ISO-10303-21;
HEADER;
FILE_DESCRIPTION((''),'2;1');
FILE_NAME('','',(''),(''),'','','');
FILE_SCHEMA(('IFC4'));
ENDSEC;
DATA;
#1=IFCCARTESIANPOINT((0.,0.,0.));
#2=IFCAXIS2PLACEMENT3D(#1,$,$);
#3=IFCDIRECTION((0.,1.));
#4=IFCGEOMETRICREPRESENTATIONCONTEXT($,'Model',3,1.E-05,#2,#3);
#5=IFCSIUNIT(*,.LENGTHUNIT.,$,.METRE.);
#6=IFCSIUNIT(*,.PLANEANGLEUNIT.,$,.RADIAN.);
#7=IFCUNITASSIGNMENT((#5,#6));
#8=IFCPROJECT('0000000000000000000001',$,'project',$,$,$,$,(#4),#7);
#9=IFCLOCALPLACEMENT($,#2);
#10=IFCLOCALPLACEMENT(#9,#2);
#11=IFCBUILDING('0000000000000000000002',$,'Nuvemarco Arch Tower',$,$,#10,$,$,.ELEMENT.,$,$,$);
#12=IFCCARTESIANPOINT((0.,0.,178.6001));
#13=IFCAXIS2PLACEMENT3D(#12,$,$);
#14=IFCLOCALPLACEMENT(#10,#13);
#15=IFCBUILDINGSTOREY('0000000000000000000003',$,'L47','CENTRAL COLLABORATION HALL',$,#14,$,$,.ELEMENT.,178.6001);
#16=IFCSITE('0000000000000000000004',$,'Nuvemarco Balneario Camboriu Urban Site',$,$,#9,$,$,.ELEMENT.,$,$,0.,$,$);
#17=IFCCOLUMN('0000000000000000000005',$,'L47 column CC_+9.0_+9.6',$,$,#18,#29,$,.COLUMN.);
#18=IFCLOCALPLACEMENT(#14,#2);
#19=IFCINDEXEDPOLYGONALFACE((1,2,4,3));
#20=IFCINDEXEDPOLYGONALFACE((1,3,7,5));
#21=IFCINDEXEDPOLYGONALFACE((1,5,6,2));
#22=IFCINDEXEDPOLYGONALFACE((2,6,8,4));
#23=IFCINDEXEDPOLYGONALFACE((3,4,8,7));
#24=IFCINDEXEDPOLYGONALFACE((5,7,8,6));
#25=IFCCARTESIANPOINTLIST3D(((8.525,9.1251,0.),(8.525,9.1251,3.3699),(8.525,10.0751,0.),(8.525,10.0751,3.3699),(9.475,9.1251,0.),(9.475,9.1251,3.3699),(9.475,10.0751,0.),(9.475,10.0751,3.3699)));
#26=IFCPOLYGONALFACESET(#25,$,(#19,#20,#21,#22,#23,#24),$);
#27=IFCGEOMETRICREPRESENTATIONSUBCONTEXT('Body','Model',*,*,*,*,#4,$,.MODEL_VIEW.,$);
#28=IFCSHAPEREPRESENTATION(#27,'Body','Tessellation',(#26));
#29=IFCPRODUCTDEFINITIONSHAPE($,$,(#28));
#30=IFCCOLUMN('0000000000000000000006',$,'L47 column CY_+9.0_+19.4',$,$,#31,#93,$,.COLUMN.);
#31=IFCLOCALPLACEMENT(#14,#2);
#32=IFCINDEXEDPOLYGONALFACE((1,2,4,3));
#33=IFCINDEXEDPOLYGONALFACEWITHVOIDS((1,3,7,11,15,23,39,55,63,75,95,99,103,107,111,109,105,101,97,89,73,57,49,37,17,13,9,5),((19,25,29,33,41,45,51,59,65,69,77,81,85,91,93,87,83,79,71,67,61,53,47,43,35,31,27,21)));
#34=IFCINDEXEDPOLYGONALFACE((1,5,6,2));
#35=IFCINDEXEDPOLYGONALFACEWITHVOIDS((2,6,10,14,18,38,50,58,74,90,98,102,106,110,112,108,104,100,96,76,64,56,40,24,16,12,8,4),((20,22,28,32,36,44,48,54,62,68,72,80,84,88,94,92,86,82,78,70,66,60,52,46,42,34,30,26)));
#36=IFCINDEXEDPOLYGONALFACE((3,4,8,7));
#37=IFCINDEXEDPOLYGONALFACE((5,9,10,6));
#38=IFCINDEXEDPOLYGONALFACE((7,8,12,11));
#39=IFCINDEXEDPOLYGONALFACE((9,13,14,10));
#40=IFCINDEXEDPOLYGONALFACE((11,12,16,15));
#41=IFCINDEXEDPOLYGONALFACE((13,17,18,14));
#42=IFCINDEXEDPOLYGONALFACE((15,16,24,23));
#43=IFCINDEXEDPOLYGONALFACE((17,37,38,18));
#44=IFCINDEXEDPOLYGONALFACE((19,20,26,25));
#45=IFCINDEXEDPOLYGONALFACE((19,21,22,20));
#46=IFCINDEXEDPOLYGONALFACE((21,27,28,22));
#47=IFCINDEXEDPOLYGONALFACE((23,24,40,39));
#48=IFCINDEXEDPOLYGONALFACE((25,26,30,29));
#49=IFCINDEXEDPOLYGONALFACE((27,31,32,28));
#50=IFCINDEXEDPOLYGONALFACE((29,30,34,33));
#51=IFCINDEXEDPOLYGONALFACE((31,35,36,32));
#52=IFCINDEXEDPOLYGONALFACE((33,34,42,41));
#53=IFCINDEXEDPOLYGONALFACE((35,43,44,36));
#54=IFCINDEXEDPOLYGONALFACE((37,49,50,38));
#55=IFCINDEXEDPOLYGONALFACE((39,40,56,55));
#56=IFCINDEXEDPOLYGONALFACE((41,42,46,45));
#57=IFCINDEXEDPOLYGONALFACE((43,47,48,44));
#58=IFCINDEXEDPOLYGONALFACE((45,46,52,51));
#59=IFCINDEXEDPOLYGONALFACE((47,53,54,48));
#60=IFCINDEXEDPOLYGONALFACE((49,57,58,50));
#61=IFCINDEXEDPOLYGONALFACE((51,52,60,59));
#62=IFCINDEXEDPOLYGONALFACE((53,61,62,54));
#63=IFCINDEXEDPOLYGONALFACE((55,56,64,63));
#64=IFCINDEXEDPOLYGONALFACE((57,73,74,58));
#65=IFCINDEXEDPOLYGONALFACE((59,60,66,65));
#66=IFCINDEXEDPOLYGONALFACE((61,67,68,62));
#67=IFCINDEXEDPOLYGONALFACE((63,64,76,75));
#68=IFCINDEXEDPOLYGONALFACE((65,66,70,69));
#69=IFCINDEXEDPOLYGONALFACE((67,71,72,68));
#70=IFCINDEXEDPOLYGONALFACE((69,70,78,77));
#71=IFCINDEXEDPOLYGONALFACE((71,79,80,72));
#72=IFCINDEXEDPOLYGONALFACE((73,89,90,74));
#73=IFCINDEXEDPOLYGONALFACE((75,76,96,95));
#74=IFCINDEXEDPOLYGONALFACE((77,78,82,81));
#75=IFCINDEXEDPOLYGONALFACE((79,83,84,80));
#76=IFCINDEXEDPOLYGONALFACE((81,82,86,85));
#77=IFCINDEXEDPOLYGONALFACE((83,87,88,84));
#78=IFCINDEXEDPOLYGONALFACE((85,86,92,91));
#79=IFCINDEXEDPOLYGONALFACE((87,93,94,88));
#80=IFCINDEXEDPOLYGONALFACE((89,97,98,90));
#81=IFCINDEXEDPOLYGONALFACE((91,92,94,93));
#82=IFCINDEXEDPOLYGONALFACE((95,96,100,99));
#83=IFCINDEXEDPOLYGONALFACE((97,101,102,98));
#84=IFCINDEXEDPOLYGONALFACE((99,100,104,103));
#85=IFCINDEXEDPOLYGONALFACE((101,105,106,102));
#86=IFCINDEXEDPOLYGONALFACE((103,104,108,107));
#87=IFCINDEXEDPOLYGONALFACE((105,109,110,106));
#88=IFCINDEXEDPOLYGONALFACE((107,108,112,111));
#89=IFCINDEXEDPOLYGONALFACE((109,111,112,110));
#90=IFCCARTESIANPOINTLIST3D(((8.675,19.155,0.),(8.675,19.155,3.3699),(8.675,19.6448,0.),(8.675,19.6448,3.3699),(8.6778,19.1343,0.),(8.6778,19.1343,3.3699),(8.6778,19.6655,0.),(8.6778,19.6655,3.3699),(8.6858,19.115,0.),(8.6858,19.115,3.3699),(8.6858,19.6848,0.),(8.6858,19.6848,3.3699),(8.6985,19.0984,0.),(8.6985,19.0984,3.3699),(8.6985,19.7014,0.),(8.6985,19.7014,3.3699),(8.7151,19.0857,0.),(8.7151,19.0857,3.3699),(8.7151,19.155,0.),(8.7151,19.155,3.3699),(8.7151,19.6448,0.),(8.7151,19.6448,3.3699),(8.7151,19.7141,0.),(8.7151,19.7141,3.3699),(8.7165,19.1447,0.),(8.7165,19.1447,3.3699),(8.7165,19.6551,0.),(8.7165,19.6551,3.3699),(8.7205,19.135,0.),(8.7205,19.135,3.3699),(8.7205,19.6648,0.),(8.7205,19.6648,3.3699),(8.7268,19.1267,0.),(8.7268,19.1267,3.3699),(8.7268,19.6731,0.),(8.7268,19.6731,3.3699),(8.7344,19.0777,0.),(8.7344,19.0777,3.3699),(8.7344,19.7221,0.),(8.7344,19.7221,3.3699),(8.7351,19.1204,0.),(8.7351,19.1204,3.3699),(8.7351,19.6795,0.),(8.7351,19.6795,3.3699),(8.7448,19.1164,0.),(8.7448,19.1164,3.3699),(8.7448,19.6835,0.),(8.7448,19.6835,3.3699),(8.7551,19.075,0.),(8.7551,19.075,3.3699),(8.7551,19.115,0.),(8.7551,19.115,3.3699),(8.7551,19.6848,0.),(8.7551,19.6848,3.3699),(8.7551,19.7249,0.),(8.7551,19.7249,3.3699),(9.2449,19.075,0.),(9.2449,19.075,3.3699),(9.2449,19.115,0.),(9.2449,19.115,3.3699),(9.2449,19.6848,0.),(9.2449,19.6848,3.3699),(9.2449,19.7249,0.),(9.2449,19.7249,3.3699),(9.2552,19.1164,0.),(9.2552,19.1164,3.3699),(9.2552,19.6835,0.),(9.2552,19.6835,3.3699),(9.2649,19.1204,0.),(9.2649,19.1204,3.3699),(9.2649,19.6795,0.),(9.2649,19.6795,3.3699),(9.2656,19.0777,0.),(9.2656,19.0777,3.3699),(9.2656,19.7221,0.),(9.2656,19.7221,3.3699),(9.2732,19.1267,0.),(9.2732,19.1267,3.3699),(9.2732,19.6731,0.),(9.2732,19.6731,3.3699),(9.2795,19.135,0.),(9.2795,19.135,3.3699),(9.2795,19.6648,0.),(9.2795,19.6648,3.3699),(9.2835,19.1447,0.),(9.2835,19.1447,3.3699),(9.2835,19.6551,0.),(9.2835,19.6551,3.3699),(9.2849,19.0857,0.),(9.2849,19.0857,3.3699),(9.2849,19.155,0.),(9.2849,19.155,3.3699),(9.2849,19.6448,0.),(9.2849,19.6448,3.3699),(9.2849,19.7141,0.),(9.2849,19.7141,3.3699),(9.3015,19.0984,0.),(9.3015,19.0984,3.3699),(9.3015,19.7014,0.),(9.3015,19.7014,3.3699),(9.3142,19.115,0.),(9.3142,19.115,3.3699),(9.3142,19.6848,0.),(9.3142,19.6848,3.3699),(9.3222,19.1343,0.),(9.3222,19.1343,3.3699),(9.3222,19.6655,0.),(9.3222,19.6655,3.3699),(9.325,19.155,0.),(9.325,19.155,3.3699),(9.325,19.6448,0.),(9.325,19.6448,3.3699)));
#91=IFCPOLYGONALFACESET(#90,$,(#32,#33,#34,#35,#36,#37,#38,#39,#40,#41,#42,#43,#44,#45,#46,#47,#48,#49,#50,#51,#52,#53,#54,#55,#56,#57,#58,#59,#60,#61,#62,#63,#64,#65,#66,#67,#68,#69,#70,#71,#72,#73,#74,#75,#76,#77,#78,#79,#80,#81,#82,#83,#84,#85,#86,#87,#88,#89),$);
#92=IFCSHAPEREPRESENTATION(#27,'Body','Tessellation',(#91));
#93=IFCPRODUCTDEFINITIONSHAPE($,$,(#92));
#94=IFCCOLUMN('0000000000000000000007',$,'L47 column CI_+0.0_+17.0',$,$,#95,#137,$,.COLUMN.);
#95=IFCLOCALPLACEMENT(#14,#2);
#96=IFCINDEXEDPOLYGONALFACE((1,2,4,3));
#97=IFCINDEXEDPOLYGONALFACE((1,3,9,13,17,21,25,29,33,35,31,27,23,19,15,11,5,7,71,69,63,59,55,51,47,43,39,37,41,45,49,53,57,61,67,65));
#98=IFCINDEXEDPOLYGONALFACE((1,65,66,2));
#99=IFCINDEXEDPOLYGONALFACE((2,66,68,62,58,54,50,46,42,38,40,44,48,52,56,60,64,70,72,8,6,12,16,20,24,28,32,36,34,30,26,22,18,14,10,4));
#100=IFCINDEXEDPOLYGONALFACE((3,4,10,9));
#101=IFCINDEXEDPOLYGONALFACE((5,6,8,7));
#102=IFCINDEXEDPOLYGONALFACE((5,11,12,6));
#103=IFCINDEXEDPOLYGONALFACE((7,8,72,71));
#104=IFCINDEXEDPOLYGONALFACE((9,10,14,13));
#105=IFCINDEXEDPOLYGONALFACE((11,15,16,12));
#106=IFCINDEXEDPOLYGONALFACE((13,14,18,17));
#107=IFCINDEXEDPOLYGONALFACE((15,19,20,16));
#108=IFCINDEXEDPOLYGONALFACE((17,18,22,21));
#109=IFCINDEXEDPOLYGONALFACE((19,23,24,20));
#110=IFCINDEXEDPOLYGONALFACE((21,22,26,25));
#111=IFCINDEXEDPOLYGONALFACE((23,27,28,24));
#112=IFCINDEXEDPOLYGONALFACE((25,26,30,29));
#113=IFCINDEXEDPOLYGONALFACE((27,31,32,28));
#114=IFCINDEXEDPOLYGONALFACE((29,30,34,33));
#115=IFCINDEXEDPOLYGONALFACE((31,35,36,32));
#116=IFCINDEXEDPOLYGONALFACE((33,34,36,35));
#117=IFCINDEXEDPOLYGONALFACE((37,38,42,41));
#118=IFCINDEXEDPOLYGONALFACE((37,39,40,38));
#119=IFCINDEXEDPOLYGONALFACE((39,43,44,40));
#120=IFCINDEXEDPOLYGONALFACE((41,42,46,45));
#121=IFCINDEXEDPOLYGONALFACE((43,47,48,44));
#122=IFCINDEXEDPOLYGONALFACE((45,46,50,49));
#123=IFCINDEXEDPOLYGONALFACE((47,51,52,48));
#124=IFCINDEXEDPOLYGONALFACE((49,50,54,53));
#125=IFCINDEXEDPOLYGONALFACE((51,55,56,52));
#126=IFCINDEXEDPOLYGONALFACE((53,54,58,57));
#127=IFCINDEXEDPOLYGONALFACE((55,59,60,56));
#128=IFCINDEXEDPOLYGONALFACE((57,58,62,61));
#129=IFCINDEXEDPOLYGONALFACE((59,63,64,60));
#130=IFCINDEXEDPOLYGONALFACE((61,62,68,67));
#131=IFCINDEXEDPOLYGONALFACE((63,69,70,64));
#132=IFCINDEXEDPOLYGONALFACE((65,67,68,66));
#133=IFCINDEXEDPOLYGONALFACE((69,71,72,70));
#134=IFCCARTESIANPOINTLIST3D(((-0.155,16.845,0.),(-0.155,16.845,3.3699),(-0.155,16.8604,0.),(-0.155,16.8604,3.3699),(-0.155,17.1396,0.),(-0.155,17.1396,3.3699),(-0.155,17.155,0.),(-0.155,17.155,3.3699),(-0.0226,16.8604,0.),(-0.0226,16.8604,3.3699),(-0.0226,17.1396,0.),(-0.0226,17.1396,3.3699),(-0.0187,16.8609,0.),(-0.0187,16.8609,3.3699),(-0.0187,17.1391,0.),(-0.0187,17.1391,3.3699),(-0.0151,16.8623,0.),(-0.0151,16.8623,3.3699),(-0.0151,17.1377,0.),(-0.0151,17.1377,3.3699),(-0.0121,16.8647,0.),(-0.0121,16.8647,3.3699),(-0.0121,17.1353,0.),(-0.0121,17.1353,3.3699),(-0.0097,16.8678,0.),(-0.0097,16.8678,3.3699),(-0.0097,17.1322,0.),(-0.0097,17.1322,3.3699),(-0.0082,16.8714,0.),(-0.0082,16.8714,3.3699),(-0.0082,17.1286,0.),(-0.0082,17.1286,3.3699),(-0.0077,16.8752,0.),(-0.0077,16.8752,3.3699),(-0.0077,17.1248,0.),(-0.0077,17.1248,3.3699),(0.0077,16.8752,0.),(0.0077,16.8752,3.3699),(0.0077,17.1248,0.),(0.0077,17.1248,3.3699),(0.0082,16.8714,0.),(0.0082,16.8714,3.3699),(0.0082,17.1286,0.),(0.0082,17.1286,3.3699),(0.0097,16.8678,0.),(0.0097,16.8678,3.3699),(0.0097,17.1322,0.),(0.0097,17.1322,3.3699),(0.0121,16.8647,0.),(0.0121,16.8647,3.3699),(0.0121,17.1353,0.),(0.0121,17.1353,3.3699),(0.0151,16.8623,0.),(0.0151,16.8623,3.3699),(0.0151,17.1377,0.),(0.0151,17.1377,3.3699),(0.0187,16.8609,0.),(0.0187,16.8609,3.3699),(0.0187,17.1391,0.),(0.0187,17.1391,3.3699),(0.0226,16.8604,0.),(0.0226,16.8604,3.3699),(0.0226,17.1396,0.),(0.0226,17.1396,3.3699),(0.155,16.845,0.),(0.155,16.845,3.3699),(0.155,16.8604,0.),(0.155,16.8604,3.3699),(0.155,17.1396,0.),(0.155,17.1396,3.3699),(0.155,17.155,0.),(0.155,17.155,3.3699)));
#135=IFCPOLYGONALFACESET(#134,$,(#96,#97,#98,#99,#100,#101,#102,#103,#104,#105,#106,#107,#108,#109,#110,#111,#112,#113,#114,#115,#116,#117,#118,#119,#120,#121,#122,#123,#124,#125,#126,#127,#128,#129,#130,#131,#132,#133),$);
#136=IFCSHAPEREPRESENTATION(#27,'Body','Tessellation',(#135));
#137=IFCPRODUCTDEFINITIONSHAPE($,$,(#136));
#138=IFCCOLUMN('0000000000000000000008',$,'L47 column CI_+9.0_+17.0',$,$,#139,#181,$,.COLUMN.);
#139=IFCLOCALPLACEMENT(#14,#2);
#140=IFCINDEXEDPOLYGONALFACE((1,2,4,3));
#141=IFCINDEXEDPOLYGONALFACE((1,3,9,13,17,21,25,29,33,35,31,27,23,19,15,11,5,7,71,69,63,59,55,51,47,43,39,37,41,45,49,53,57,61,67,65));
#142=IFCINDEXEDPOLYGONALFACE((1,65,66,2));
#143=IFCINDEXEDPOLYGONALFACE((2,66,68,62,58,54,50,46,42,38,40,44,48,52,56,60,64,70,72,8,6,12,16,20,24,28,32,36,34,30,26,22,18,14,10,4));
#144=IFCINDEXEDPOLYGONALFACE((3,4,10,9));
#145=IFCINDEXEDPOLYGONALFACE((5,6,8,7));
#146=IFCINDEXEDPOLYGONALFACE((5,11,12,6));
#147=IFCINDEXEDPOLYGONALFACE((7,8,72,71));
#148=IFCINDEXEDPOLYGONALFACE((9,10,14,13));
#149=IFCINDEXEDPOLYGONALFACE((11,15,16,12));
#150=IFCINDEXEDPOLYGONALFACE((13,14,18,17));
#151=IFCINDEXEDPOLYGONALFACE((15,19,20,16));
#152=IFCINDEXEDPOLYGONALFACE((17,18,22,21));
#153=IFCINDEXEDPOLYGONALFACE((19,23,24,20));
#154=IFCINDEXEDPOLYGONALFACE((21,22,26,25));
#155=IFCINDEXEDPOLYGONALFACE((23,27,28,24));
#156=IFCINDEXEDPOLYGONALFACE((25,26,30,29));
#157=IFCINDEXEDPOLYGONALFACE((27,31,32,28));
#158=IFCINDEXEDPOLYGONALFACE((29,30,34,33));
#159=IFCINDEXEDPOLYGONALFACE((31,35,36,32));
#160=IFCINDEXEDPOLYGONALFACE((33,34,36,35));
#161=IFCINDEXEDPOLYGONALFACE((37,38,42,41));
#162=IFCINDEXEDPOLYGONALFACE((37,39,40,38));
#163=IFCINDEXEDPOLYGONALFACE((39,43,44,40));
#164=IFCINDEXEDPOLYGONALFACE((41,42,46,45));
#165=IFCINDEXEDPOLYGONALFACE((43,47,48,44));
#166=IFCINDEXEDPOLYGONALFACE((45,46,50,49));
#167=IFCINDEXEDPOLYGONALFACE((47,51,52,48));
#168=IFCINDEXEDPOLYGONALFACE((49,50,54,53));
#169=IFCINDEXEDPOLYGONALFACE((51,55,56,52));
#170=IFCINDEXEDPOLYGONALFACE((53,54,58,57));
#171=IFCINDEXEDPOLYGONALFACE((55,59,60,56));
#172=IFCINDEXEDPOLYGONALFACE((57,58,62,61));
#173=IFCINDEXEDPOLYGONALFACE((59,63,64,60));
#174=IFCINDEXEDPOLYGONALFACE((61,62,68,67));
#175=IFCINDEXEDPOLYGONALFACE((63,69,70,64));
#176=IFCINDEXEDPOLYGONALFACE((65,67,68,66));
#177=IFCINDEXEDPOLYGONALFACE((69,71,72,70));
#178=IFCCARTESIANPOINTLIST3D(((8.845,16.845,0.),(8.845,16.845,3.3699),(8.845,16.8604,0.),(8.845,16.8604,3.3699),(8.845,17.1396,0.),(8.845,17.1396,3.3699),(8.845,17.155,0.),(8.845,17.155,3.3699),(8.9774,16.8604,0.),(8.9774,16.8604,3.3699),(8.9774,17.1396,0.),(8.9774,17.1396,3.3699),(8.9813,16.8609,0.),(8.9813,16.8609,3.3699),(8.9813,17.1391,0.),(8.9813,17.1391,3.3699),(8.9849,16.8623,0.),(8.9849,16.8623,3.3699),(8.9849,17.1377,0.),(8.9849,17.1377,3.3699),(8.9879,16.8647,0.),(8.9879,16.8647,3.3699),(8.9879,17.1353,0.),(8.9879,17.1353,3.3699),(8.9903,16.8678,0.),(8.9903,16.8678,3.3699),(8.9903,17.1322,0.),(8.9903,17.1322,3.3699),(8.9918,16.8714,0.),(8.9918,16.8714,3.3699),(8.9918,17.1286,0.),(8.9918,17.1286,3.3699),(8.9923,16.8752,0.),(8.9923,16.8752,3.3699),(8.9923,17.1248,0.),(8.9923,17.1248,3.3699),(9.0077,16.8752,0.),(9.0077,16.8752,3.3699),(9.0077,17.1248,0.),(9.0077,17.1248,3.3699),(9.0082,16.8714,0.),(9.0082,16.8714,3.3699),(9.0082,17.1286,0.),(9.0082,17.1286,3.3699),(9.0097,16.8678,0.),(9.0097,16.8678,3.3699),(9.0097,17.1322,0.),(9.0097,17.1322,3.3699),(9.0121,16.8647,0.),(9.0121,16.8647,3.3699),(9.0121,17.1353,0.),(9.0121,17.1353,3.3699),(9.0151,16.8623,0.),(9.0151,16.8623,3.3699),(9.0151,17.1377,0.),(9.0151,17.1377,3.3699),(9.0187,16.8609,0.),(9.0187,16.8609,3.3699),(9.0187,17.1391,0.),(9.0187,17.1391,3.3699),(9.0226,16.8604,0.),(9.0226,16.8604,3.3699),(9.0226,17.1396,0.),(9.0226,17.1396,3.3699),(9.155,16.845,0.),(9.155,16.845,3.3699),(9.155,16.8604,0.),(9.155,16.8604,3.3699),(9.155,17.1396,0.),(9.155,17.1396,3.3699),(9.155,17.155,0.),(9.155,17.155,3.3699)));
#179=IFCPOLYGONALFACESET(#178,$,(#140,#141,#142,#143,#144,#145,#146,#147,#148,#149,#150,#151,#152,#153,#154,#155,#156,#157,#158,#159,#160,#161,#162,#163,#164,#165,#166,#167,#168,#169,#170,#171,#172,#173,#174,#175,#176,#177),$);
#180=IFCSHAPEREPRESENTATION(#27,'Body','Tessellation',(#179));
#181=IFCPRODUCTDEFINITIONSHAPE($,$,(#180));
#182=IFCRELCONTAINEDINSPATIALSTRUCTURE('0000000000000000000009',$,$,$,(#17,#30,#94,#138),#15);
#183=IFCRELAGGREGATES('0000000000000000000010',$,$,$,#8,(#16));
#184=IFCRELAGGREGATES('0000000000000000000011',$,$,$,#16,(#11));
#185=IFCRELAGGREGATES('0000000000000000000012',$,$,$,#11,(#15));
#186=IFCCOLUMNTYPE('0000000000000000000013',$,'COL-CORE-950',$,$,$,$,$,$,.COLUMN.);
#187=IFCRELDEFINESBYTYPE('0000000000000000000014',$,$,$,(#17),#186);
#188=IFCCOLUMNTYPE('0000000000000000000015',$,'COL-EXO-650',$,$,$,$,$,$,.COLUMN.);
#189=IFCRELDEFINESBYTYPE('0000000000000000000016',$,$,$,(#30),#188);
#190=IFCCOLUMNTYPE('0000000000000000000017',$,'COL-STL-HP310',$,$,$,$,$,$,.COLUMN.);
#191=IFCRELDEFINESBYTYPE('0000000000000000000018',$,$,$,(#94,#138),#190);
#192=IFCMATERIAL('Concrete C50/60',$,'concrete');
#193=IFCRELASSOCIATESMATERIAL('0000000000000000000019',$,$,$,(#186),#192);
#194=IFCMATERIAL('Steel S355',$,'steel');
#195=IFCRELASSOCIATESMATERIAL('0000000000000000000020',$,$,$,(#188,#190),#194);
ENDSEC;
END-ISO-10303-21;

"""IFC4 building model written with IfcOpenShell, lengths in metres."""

from ifc_helpers import new_model, si_unit, direction, frame, origin, origin_2d, place, context, subcontext, project, spatial, rectangle, hollow_rectangle, i_section, extrude, material, material_profile, profile_set, type_object, element, save


model = new_model("IFC4")

# Units and contexts
model_context = context("Model", 3, precision=1e-05, world=origin(), true_north=direction((0.0, 1.0)))
body_context = subcontext(model_context, "Body", "Model", "MODEL_VIEW")
ifc_project = project(units=[si_unit("LENGTHUNIT", "METRE"), si_unit("PLANEANGLEUNIT", "RADIAN")], contexts=[model_context])

# Site, building, storey
site_placement = place(None, origin())
site = spatial("IfcSite", under=ifc_project, at=site_placement, Name="Nuvemarco Balneario Camboriu Urban Site", CompositionType="ELEMENT", RefElevation=0.0)
building_placement = place(site_placement, origin())
building = spatial("IfcBuilding", under=site, at=building_placement, Name="Nuvemarco Arch Tower", CompositionType="ELEMENT")
storey_placement = place(building_placement, frame((0.0, 0.0, 178.6001)))
storey = spatial("IfcBuildingStorey", under=building, at=storey_placement, Name="L47", Description="CENTRAL COLLABORATION HALL", CompositionType="ELEMENT", Elevation=178.6001)

# Columns
ifc_material_1 = material(Name="Concrete C50/60", Category="concrete")
ifc_material_profile_1 = material_profile(ifc_material_1, rectangle(XDim=0.95, YDim=0.95, at=origin_2d()), Name="RC-COL-950x950")
ifc_profile_set_1 = profile_set([ifc_material_profile_1], Name="Concrete C50/60")
column_type_1 = type_object("IfcColumnType", Name="COL-CORE-950", PredefinedType="COLUMN", material=ifc_profile_set_1)
column_1_placement = place(storey_placement, frame((9.0, 9.6001, 0.0), z_axis=(0.0, 0.0, 1.0), x_axis=(1.0, 0.0, 0.0)))
element("IfcColumn", 1, at=column_1_placement, inside=storey, type_object=column_type_1, Name="L47 column CC_+9.0_+9.6", PredefinedType="COLUMN", context=body_context, shape_type="SweptSolid", body=[
    extrude(rectangle(XDim=0.95, YDim=0.95, at=origin_2d()), origin(), (0.0, 0.0, 1.0), 3.3699),
])
ifc_material_2 = material(Name="Steel S355", Category="steel")
ifc_material_profile_2 = material_profile(ifc_material_2, hollow_rectangle(XDim=0.6499, YDim=0.6499, WallThickness=0.04, InnerFilletRadius=0.04, OuterFilletRadius=0.0801, at=origin_2d()), Name="SHS650x650x40")
ifc_profile_set_2 = profile_set([ifc_material_profile_2], Name="Steel S355")
column_type_2 = type_object("IfcColumnType", Name="COL-EXO-650", PredefinedType="COLUMN", material=ifc_profile_set_2)
column_2_placement = place(storey_placement, frame((9.0, 19.3999, 0.0), z_axis=(0.0, 0.0, 1.0), x_axis=(1.0, 0.0, 0.0)))
element("IfcColumn", 2, at=column_2_placement, inside=storey, type_object=column_type_2, Name="L47 column CY_+9.0_+19.4", PredefinedType="COLUMN", context=body_context, shape_type="SweptSolid", body=[
    extrude(hollow_rectangle(XDim=0.6499, YDim=0.6499, WallThickness=0.04, InnerFilletRadius=0.04, OuterFilletRadius=0.0801, at=origin_2d()), origin(), (0.0, 0.0, 1.0), 3.3699),
])
ifc_material_profile_3 = material_profile(ifc_material_2, i_section(OverallWidth=0.3101, OverallDepth=0.3101, WebThickness=0.0154, FlangeThickness=0.0154, FilletRadius=0.0149, at=origin_2d()), Name="HP310x110")
ifc_profile_set_3 = profile_set([ifc_material_profile_3], Name="Steel S355")
column_type_3 = type_object("IfcColumnType", Name="COL-STL-HP310", PredefinedType="COLUMN", material=ifc_profile_set_3)
for number, where, z_axis, x_axis, name in (
    (3, (0.0, 17.0, 0.0), (0.0, 0.0, 1.0), (1.0, 0.0, 0.0), "L47 column CI_+0.0_+17.0"),
    (4, (9.0, 17.0, 0.0), (0.0, 0.0, 1.0), (1.0, 0.0, 0.0), "L47 column CI_+9.0_+17.0"),
):
    element("IfcColumn", number, at=place(storey_placement, frame(where, z_axis=z_axis, x_axis=x_axis)), inside=storey, type_object=column_type_3, Name=name, PredefinedType="COLUMN", context=body_context, shape_type="SweptSolid", body=[
        extrude(i_section(OverallWidth=0.3101, OverallDepth=0.3101, WebThickness=0.0154, FlangeThickness=0.0154, FilletRadius=0.0149, at=origin_2d()), origin(), (0.0, 0.0, 1.0), 3.3699),
    ])

save(model, "model.ifc")
